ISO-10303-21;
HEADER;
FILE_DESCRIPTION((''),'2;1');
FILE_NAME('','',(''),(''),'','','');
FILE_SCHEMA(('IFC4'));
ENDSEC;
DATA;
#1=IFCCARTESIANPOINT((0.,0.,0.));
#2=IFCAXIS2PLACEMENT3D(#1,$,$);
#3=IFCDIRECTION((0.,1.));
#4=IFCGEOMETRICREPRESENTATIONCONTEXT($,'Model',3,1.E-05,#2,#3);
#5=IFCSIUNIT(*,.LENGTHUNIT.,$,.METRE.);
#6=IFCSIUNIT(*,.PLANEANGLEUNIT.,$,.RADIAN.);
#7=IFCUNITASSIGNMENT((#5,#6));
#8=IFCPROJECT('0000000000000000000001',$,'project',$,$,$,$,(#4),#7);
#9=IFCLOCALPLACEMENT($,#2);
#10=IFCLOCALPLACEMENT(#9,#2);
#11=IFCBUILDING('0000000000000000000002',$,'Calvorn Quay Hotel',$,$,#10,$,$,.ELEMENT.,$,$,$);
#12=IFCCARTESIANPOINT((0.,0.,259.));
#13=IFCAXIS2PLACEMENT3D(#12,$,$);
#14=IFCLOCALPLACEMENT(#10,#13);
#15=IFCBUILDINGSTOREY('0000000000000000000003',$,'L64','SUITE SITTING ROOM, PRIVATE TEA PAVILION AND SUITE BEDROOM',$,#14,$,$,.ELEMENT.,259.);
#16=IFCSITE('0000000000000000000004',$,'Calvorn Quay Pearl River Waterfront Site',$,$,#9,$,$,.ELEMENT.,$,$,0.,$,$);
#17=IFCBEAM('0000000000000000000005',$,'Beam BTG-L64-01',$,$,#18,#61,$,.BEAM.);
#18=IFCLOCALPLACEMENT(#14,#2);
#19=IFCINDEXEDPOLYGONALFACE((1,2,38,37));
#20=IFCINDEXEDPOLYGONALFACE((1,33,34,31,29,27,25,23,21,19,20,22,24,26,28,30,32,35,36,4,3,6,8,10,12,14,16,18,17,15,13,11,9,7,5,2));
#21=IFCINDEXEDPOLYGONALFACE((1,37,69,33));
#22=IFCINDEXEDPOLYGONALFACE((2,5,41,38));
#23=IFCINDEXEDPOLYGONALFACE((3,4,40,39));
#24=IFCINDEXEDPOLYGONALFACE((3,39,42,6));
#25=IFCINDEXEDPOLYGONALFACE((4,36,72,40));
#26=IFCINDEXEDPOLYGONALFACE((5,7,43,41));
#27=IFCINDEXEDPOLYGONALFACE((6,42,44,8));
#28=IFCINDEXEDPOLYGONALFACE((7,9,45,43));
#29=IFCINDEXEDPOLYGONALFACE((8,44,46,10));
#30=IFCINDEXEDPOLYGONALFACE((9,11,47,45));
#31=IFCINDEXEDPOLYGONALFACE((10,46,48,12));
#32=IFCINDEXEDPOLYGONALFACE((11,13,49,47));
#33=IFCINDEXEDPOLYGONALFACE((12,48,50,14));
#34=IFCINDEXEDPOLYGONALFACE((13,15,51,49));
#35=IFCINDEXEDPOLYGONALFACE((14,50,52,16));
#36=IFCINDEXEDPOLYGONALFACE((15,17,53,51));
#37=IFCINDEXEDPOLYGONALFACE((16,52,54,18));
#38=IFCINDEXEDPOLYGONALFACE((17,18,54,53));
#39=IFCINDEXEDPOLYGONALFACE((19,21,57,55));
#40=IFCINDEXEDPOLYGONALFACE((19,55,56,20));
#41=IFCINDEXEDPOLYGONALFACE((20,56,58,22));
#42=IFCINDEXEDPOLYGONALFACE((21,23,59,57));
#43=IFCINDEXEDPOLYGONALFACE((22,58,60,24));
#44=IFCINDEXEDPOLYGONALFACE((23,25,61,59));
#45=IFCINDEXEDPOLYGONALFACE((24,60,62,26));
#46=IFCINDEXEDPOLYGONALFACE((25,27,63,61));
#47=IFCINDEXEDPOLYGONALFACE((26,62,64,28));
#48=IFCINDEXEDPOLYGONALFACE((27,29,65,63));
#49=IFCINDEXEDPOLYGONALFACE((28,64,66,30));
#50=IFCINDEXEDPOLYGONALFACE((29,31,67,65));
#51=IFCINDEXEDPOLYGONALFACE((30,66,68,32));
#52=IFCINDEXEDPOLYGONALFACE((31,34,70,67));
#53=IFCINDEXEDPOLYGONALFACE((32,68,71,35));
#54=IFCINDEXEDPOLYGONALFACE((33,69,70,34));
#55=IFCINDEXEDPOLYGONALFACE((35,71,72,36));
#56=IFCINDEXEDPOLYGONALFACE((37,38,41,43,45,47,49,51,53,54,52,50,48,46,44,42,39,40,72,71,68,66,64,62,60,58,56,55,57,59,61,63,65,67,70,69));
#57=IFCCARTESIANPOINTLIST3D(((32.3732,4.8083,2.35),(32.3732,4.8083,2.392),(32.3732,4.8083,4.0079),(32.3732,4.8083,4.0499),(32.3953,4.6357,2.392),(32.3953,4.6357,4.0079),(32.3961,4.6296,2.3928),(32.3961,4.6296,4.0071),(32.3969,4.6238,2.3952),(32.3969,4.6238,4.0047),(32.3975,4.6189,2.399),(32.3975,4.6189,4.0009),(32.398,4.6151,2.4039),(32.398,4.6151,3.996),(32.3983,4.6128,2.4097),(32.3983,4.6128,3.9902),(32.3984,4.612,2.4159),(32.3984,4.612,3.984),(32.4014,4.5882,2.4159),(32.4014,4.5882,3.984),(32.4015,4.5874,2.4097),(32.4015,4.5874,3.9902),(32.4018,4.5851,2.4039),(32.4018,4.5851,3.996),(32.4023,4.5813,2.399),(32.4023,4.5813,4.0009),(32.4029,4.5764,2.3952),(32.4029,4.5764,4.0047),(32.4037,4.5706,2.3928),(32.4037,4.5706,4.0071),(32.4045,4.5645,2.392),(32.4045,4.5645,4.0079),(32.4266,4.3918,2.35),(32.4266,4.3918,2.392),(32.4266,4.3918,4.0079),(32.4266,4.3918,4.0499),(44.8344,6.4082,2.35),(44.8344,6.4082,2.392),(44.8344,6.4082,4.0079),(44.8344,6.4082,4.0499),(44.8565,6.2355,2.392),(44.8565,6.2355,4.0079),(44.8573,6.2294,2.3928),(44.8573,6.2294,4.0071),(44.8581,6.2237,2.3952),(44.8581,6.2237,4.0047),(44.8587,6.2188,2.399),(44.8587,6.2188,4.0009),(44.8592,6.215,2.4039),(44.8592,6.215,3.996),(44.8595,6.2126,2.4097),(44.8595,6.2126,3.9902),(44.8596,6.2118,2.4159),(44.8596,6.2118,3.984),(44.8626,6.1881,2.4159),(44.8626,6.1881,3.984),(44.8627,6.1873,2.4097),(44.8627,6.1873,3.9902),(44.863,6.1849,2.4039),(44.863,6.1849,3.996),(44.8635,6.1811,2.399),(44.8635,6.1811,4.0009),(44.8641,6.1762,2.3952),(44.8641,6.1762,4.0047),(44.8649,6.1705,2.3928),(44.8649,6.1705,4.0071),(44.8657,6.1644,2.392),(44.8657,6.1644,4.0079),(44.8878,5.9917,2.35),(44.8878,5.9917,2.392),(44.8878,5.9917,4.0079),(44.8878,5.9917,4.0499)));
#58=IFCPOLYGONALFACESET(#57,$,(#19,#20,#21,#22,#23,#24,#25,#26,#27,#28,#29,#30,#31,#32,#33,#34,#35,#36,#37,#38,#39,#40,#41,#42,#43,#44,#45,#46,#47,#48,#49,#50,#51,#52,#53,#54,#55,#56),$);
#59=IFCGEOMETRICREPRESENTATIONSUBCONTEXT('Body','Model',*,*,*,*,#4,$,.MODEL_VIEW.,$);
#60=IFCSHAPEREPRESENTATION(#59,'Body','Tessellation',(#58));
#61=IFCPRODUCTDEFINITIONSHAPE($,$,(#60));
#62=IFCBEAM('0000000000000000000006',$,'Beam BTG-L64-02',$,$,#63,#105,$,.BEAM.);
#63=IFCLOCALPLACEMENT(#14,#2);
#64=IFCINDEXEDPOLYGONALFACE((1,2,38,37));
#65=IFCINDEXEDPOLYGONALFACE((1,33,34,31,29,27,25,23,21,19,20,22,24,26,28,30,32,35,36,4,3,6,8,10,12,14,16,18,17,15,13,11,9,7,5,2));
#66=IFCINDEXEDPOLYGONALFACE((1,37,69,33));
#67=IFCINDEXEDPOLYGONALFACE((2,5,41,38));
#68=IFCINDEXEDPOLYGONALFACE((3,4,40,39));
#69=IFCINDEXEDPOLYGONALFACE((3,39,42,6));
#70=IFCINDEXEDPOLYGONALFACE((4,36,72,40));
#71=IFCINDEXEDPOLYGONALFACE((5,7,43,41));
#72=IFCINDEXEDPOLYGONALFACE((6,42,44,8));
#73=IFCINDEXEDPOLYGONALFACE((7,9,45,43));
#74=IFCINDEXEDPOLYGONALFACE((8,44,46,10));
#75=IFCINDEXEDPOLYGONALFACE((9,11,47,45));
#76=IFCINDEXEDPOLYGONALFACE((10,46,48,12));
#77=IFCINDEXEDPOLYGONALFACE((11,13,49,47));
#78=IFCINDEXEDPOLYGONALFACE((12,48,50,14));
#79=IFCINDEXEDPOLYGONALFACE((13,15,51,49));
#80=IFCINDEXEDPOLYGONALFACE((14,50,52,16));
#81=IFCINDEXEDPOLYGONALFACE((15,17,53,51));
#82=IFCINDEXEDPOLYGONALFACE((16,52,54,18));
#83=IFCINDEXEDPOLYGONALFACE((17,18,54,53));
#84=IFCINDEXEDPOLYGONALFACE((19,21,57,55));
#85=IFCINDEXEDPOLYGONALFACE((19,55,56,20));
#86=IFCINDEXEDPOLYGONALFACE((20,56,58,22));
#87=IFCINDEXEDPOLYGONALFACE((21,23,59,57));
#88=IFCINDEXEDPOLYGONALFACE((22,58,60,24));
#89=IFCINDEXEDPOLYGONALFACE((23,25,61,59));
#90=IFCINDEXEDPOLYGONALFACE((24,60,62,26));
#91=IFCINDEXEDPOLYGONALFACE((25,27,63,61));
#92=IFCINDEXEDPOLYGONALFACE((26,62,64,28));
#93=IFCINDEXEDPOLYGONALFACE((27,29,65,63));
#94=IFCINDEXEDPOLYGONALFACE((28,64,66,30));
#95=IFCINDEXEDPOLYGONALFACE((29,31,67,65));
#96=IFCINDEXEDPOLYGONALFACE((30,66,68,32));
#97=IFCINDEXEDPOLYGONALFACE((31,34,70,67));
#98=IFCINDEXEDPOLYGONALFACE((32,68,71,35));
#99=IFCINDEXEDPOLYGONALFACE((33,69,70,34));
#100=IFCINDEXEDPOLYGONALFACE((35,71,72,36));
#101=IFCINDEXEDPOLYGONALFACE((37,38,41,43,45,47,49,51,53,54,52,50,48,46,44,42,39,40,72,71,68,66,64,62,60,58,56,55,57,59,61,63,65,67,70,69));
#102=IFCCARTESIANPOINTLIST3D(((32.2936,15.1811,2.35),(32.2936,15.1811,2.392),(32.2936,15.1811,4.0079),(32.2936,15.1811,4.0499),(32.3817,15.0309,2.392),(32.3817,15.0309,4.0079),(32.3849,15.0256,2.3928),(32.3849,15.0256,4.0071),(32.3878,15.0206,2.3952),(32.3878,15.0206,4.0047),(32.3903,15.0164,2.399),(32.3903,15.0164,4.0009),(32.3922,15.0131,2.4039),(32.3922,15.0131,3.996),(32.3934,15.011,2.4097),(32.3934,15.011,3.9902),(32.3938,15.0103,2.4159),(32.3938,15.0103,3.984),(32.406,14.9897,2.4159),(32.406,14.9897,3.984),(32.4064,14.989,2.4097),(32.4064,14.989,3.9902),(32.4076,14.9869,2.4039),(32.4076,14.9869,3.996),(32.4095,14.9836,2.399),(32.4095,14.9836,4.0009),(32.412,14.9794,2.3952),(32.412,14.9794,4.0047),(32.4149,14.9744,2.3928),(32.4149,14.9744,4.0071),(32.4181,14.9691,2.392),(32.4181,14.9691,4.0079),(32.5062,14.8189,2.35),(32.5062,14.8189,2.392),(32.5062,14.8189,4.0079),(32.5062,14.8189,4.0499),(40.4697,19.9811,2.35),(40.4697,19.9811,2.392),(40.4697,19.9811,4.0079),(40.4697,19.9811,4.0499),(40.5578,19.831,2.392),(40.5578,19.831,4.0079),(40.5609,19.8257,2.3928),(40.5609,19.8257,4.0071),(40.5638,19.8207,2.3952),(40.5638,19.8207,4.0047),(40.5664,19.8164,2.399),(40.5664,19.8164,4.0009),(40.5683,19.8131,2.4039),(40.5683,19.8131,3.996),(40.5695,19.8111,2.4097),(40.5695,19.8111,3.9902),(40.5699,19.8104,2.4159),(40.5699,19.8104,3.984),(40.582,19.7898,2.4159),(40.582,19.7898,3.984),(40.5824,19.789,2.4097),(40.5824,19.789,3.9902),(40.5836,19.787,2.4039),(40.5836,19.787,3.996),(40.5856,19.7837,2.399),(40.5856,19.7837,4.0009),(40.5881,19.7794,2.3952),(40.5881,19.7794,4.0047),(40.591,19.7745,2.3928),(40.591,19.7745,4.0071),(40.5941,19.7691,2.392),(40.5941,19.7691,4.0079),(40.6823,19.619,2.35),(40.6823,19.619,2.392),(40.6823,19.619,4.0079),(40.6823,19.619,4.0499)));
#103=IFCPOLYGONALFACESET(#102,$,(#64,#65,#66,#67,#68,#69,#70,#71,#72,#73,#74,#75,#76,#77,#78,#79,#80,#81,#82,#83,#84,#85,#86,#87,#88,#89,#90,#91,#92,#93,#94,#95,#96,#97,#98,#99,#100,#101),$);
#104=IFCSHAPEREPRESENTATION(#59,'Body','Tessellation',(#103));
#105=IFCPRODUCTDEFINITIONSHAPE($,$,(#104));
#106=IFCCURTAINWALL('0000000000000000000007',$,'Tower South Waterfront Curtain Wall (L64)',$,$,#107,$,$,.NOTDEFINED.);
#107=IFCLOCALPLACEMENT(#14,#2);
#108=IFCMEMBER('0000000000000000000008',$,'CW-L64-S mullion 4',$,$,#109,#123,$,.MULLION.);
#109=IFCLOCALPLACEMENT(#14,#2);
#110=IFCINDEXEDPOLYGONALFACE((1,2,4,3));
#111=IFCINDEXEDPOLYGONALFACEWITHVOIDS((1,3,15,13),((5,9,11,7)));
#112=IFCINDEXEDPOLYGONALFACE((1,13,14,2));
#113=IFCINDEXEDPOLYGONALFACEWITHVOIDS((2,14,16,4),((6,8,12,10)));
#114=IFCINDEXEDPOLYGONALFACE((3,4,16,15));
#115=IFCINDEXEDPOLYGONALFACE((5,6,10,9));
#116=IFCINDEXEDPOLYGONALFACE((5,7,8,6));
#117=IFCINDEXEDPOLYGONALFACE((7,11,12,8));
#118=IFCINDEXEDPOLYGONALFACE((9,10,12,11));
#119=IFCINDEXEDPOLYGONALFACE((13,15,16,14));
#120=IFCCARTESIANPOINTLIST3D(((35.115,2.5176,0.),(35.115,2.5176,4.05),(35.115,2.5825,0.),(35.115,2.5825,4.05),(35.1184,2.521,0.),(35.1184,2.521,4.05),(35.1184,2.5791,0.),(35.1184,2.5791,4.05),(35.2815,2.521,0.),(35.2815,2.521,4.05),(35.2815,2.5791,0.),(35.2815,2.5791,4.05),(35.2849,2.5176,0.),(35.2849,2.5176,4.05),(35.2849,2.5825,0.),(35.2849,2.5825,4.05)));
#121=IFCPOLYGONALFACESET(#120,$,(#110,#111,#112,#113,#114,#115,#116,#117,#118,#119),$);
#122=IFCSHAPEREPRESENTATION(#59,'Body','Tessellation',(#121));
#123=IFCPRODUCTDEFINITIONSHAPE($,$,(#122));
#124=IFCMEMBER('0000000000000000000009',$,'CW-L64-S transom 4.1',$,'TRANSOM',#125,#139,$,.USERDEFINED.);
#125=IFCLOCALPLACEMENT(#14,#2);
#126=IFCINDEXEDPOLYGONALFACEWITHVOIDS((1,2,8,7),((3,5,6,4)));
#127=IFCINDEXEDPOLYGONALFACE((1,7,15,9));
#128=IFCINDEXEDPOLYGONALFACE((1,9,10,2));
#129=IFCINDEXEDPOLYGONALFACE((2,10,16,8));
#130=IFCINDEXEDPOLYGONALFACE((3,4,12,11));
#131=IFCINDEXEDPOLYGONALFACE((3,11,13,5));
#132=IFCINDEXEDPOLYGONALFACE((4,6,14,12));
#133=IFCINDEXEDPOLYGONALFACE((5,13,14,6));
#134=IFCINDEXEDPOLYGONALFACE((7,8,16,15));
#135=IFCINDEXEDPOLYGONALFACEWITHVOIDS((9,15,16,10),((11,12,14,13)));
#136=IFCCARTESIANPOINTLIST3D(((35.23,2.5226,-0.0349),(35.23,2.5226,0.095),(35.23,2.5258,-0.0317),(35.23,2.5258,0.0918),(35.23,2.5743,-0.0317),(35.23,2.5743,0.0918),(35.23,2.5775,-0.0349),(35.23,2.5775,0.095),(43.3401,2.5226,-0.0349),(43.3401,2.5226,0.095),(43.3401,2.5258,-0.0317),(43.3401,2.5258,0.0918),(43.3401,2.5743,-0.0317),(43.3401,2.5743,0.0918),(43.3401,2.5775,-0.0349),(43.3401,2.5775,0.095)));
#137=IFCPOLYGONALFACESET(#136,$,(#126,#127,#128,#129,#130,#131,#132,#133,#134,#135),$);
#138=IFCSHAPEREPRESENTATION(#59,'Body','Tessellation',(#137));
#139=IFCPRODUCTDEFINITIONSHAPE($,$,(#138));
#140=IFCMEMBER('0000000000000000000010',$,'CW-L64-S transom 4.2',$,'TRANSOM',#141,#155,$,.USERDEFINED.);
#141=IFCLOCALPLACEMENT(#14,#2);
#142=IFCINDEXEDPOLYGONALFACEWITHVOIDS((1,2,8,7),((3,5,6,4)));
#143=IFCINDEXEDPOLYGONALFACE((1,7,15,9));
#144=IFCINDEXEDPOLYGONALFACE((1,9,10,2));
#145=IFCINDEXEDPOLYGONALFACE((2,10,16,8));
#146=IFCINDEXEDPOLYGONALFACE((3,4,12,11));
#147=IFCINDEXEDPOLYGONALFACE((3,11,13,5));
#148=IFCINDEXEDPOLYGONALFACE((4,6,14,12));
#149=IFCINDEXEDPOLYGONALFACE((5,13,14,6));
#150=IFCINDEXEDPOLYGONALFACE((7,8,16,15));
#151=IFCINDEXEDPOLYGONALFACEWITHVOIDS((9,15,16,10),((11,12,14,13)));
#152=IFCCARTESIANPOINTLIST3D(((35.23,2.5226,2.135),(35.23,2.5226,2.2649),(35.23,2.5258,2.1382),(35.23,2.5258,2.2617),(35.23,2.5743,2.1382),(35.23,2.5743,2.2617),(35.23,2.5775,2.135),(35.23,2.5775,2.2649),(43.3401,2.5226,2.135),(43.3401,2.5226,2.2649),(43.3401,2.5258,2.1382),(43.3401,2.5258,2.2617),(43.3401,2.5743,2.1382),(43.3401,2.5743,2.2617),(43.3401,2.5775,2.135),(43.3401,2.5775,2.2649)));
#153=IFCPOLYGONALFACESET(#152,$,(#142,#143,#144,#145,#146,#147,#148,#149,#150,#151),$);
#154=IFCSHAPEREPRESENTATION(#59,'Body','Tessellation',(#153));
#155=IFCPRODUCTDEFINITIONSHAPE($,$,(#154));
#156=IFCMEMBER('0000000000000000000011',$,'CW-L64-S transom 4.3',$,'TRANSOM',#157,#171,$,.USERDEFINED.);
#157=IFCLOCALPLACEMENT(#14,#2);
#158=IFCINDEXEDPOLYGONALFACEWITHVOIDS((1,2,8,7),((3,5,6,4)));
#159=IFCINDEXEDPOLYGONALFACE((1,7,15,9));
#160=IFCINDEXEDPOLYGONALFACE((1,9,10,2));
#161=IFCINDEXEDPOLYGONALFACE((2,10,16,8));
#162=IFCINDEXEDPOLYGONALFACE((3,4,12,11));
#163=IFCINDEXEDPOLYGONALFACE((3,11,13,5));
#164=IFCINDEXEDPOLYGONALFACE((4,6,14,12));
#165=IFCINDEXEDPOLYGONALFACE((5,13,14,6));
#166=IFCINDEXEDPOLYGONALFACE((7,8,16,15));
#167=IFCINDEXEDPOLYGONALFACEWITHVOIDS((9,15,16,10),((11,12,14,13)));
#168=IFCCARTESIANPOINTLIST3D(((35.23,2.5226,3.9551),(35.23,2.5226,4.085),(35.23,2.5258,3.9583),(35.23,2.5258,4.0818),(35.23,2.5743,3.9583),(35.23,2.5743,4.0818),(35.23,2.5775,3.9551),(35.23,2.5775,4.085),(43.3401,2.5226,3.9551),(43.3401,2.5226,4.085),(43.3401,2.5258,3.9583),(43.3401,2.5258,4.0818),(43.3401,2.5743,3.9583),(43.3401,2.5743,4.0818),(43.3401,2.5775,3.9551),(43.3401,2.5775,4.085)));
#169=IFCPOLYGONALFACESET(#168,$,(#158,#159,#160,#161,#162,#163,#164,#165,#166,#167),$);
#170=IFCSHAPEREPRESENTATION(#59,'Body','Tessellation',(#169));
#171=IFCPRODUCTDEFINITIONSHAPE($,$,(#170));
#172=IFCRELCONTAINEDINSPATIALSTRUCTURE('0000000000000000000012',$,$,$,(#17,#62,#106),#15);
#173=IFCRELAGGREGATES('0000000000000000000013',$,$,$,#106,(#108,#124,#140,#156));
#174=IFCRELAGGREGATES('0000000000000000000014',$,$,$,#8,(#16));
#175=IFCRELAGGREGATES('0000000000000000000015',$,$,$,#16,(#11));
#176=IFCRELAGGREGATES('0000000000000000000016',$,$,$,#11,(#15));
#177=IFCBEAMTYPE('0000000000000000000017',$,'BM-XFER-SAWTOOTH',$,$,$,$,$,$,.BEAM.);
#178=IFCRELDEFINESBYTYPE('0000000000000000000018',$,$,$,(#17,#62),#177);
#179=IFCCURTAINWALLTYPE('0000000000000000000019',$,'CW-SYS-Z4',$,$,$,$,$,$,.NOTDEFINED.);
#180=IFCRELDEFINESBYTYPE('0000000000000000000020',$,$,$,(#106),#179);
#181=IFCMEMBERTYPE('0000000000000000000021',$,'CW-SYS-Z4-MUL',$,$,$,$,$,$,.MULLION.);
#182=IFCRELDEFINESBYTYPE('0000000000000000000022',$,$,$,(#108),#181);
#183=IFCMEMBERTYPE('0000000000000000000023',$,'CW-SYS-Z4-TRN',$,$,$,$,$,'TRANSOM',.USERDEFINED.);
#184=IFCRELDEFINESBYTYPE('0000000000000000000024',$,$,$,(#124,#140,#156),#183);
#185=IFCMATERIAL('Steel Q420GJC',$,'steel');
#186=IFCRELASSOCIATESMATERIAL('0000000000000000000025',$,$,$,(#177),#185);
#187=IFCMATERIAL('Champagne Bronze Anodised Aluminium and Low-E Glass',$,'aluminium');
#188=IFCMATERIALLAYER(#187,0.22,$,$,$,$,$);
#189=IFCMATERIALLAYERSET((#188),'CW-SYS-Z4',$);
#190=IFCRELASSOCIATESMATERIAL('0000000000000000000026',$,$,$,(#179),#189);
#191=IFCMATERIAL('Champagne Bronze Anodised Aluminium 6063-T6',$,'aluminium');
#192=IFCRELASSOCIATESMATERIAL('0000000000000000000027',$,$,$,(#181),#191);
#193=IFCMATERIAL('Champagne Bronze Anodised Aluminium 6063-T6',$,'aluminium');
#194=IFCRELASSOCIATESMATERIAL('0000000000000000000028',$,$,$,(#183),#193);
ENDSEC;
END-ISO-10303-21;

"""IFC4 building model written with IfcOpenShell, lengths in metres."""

from ifc_helpers import new_model, si_unit, direction, frame, origin, origin_2d, place, context, subcontext, project, spatial, hollow_rectangle, i_section, extrude, material, layer, layer_set, material_profile, profile_set, type_object, element, aggregate, save


model = new_model("IFC4")

# Units and contexts
model_context = context("Model", 3, precision=1e-05, world=origin(), true_north=direction((0.0, 1.0)))
body_context = subcontext(model_context, "Body", "Model", "MODEL_VIEW")
ifc_project = project(units=[si_unit("LENGTHUNIT", "METRE"), si_unit("PLANEANGLEUNIT", "RADIAN")], contexts=[model_context])

# Site, building, storey
site_placement = place(None, origin())
site = spatial("IfcSite", under=ifc_project, at=site_placement, Name="Calvorn Quay Pearl River Waterfront Site", CompositionType="ELEMENT", RefElevation=0.0)
building_placement = place(site_placement, origin())
building = spatial("IfcBuilding", under=site, at=building_placement, Name="Calvorn Quay Hotel", CompositionType="ELEMENT")
storey_placement = place(building_placement, frame((0.0, 0.0, 259.0)))
storey = spatial("IfcBuildingStorey", under=building, at=storey_placement, Name="L64", Description="SUITE SITTING ROOM, PRIVATE TEA PAVILION AND SUITE BEDROOM", CompositionType="ELEMENT", Elevation=259.0)

# Beams
ifc_material_1 = material(Name="Steel Q420GJC", Category="steel")
ifc_material_profile_1 = material_profile(ifc_material_1, i_section(OverallWidth=0.4199, OverallDepth=1.7, WebThickness=0.0239, FlangeThickness=0.042, FilletRadius=0.0239, at=origin_2d()), Name="HN1700x420x24x42")
ifc_profile_set_1 = profile_set([ifc_material_profile_1], Name="Steel Q420GJC")
beam_type_1 = type_object("IfcBeamType", Name="BM-XFER-SAWTOOTH", PredefinedType="BEAM", material=ifc_profile_set_1)
beam_1_placement = place(storey_placement, frame((32.3999, 4.6001, 3.2), z_axis=(0.991859, 0.127342, 0.0), x_axis=(-0.127342, 0.991859, 0.0)))
element("IfcBeam", 1, at=beam_1_placement, inside=storey, type_object=beam_type_1, Name="Beam BTG-L64-01", PredefinedType="BEAM", context=body_context, shape_type="SweptSolid", body=[
    extrude(i_section(OverallWidth=0.4199, OverallDepth=1.7, WebThickness=0.0239, FlangeThickness=0.042, FilletRadius=0.0239, at=origin_2d()), origin(), (0.0, 0.0, 1.0), 12.5635),
])
beam_2_placement = place(storey_placement, frame((32.3999, 15.0, 3.2), z_axis=(0.862366, 0.506285, 0.0), x_axis=(-0.506285, 0.862366, 0.0)))
element("IfcBeam", 2, at=beam_2_placement, inside=storey, type_object=beam_type_1, Name="Beam BTG-L64-02", PredefinedType="BEAM", context=body_context, shape_type="SweptSolid", body=[
    extrude(i_section(OverallWidth=0.4199, OverallDepth=1.7, WebThickness=0.0239, FlangeThickness=0.042, FilletRadius=0.0239, at=origin_2d()), origin(), (0.0, 0.0, 1.0), 9.481),
])

# Curtain wall, members
ifc_material_2 = material(Name="Champagne Bronze Anodised Aluminium and Low-E Glass", Category="aluminium")
ifc_layer_1 = layer(ifc_material_2, 0.22)
ifc_layer_set_1 = layer_set([ifc_layer_1], Name="CW-SYS-Z4")
curtain_wall_type = type_object("IfcCurtainWallType", Name="CW-SYS-Z4", PredefinedType="NOTDEFINED", material=ifc_layer_set_1)
curtain_wall_placement = place(storey_placement, origin())
curtain_wall = element("IfcCurtainWall", 3, at=curtain_wall_placement, inside=storey, type_object=curtain_wall_type, Name="Tower South Waterfront Curtain Wall (L64)", PredefinedType="NOTDEFINED")
ifc_material_3 = material(Name="Champagne Bronze Anodised Aluminium 6063-T6", Category="aluminium")
ifc_material_profile_2 = material_profile(ifc_material_3, hollow_rectangle(XDim=0.0649, YDim=0.1699, WallThickness=0.0034, at=origin_2d()), Name="ALU-M170x65x3.5")
ifc_profile_set_2 = profile_set([ifc_material_profile_2], Name="Champagne Bronze Anodised Aluminium 6063-T6")
member_type_1 = type_object("IfcMemberType", Name="CW-SYS-Z4-MUL", PredefinedType="MULLION", material=ifc_profile_set_2)
member_1_placement = place(storey_placement, frame((35.2, 2.55, 0.0), z_axis=(0.0, 0.0, 1.0), x_axis=(0.0, 1.0, 0.0)))
member_1 = element("IfcMember", 4, at=member_1_placement, type_object=member_type_1, Name="CW-L64-S mullion 4", PredefinedType="MULLION", context=body_context, shape_type="SweptSolid", body=[
    extrude(hollow_rectangle(XDim=0.0649, YDim=0.1699, WallThickness=0.0034, at=origin_2d()), origin(), (0.0, 0.0, 1.0), 4.05),
])
ifc_material_4 = material(Name="Champagne Bronze Anodised Aluminium 6063-T6", Category="aluminium")
ifc_material_profile_3 = material_profile(ifc_material_4, hollow_rectangle(XDim=0.0549, YDim=0.1299, WallThickness=0.0032, at=origin_2d()), Name="ALU-T130x55x3.2")
ifc_profile_set_3 = profile_set([ifc_material_profile_3], Name="Champagne Bronze Anodised Aluminium 6063-T6")
member_type_2 = type_object("IfcMemberType", Name="CW-SYS-Z4-TRN", ElementType="TRANSOM", PredefinedType="USERDEFINED", material=ifc_profile_set_3)
member_2_placement = place(storey_placement, frame((35.23, 2.55, 0.03), z_axis=(1.0, 0.0, 0.0), x_axis=(0.0, 1.0, 0.0)))
member_2 = element("IfcMember", 5, at=member_2_placement, type_object=member_type_2, Name="CW-L64-S transom 4.1", ObjectType="TRANSOM", PredefinedType="USERDEFINED", context=body_context, shape_type="SweptSolid", body=[
    extrude(hollow_rectangle(XDim=0.0549, YDim=0.1299, WallThickness=0.0032, at=origin_2d()), origin(), (0.0, 0.0, 1.0), 8.1101),
])
member_3_placement = place(storey_placement, frame((35.23, 2.55, 2.2), z_axis=(1.0, 0.0, 0.0), x_axis=(0.0, 1.0, 0.0)))
member_3 = element("IfcMember", 6, at=member_3_placement, type_object=member_type_2, Name="CW-L64-S transom 4.2", ObjectType="TRANSOM", PredefinedType="USERDEFINED", context=body_context, shape_type="SweptSolid", body=[
    extrude(hollow_rectangle(XDim=0.0549, YDim=0.1299, WallThickness=0.0032, at=origin_2d()), origin(), (0.0, 0.0, 1.0), 8.1101),
])
member_4_placement = place(storey_placement, frame((35.23, 2.55, 4.02), z_axis=(1.0, 0.0, 0.0), x_axis=(0.0, 1.0, 0.0)))
member_4 = element("IfcMember", 7, at=member_4_placement, type_object=member_type_2, Name="CW-L64-S transom 4.3", ObjectType="TRANSOM", PredefinedType="USERDEFINED", context=body_context, shape_type="SweptSolid", body=[
    extrude(hollow_rectangle(XDim=0.0549, YDim=0.1299, WallThickness=0.0032, at=origin_2d()), origin(), (0.0, 0.0, 1.0), 8.1101),
])
aggregate(curtain_wall, [member_1, member_2, member_3, member_4])

save(model, "model.ifc")
